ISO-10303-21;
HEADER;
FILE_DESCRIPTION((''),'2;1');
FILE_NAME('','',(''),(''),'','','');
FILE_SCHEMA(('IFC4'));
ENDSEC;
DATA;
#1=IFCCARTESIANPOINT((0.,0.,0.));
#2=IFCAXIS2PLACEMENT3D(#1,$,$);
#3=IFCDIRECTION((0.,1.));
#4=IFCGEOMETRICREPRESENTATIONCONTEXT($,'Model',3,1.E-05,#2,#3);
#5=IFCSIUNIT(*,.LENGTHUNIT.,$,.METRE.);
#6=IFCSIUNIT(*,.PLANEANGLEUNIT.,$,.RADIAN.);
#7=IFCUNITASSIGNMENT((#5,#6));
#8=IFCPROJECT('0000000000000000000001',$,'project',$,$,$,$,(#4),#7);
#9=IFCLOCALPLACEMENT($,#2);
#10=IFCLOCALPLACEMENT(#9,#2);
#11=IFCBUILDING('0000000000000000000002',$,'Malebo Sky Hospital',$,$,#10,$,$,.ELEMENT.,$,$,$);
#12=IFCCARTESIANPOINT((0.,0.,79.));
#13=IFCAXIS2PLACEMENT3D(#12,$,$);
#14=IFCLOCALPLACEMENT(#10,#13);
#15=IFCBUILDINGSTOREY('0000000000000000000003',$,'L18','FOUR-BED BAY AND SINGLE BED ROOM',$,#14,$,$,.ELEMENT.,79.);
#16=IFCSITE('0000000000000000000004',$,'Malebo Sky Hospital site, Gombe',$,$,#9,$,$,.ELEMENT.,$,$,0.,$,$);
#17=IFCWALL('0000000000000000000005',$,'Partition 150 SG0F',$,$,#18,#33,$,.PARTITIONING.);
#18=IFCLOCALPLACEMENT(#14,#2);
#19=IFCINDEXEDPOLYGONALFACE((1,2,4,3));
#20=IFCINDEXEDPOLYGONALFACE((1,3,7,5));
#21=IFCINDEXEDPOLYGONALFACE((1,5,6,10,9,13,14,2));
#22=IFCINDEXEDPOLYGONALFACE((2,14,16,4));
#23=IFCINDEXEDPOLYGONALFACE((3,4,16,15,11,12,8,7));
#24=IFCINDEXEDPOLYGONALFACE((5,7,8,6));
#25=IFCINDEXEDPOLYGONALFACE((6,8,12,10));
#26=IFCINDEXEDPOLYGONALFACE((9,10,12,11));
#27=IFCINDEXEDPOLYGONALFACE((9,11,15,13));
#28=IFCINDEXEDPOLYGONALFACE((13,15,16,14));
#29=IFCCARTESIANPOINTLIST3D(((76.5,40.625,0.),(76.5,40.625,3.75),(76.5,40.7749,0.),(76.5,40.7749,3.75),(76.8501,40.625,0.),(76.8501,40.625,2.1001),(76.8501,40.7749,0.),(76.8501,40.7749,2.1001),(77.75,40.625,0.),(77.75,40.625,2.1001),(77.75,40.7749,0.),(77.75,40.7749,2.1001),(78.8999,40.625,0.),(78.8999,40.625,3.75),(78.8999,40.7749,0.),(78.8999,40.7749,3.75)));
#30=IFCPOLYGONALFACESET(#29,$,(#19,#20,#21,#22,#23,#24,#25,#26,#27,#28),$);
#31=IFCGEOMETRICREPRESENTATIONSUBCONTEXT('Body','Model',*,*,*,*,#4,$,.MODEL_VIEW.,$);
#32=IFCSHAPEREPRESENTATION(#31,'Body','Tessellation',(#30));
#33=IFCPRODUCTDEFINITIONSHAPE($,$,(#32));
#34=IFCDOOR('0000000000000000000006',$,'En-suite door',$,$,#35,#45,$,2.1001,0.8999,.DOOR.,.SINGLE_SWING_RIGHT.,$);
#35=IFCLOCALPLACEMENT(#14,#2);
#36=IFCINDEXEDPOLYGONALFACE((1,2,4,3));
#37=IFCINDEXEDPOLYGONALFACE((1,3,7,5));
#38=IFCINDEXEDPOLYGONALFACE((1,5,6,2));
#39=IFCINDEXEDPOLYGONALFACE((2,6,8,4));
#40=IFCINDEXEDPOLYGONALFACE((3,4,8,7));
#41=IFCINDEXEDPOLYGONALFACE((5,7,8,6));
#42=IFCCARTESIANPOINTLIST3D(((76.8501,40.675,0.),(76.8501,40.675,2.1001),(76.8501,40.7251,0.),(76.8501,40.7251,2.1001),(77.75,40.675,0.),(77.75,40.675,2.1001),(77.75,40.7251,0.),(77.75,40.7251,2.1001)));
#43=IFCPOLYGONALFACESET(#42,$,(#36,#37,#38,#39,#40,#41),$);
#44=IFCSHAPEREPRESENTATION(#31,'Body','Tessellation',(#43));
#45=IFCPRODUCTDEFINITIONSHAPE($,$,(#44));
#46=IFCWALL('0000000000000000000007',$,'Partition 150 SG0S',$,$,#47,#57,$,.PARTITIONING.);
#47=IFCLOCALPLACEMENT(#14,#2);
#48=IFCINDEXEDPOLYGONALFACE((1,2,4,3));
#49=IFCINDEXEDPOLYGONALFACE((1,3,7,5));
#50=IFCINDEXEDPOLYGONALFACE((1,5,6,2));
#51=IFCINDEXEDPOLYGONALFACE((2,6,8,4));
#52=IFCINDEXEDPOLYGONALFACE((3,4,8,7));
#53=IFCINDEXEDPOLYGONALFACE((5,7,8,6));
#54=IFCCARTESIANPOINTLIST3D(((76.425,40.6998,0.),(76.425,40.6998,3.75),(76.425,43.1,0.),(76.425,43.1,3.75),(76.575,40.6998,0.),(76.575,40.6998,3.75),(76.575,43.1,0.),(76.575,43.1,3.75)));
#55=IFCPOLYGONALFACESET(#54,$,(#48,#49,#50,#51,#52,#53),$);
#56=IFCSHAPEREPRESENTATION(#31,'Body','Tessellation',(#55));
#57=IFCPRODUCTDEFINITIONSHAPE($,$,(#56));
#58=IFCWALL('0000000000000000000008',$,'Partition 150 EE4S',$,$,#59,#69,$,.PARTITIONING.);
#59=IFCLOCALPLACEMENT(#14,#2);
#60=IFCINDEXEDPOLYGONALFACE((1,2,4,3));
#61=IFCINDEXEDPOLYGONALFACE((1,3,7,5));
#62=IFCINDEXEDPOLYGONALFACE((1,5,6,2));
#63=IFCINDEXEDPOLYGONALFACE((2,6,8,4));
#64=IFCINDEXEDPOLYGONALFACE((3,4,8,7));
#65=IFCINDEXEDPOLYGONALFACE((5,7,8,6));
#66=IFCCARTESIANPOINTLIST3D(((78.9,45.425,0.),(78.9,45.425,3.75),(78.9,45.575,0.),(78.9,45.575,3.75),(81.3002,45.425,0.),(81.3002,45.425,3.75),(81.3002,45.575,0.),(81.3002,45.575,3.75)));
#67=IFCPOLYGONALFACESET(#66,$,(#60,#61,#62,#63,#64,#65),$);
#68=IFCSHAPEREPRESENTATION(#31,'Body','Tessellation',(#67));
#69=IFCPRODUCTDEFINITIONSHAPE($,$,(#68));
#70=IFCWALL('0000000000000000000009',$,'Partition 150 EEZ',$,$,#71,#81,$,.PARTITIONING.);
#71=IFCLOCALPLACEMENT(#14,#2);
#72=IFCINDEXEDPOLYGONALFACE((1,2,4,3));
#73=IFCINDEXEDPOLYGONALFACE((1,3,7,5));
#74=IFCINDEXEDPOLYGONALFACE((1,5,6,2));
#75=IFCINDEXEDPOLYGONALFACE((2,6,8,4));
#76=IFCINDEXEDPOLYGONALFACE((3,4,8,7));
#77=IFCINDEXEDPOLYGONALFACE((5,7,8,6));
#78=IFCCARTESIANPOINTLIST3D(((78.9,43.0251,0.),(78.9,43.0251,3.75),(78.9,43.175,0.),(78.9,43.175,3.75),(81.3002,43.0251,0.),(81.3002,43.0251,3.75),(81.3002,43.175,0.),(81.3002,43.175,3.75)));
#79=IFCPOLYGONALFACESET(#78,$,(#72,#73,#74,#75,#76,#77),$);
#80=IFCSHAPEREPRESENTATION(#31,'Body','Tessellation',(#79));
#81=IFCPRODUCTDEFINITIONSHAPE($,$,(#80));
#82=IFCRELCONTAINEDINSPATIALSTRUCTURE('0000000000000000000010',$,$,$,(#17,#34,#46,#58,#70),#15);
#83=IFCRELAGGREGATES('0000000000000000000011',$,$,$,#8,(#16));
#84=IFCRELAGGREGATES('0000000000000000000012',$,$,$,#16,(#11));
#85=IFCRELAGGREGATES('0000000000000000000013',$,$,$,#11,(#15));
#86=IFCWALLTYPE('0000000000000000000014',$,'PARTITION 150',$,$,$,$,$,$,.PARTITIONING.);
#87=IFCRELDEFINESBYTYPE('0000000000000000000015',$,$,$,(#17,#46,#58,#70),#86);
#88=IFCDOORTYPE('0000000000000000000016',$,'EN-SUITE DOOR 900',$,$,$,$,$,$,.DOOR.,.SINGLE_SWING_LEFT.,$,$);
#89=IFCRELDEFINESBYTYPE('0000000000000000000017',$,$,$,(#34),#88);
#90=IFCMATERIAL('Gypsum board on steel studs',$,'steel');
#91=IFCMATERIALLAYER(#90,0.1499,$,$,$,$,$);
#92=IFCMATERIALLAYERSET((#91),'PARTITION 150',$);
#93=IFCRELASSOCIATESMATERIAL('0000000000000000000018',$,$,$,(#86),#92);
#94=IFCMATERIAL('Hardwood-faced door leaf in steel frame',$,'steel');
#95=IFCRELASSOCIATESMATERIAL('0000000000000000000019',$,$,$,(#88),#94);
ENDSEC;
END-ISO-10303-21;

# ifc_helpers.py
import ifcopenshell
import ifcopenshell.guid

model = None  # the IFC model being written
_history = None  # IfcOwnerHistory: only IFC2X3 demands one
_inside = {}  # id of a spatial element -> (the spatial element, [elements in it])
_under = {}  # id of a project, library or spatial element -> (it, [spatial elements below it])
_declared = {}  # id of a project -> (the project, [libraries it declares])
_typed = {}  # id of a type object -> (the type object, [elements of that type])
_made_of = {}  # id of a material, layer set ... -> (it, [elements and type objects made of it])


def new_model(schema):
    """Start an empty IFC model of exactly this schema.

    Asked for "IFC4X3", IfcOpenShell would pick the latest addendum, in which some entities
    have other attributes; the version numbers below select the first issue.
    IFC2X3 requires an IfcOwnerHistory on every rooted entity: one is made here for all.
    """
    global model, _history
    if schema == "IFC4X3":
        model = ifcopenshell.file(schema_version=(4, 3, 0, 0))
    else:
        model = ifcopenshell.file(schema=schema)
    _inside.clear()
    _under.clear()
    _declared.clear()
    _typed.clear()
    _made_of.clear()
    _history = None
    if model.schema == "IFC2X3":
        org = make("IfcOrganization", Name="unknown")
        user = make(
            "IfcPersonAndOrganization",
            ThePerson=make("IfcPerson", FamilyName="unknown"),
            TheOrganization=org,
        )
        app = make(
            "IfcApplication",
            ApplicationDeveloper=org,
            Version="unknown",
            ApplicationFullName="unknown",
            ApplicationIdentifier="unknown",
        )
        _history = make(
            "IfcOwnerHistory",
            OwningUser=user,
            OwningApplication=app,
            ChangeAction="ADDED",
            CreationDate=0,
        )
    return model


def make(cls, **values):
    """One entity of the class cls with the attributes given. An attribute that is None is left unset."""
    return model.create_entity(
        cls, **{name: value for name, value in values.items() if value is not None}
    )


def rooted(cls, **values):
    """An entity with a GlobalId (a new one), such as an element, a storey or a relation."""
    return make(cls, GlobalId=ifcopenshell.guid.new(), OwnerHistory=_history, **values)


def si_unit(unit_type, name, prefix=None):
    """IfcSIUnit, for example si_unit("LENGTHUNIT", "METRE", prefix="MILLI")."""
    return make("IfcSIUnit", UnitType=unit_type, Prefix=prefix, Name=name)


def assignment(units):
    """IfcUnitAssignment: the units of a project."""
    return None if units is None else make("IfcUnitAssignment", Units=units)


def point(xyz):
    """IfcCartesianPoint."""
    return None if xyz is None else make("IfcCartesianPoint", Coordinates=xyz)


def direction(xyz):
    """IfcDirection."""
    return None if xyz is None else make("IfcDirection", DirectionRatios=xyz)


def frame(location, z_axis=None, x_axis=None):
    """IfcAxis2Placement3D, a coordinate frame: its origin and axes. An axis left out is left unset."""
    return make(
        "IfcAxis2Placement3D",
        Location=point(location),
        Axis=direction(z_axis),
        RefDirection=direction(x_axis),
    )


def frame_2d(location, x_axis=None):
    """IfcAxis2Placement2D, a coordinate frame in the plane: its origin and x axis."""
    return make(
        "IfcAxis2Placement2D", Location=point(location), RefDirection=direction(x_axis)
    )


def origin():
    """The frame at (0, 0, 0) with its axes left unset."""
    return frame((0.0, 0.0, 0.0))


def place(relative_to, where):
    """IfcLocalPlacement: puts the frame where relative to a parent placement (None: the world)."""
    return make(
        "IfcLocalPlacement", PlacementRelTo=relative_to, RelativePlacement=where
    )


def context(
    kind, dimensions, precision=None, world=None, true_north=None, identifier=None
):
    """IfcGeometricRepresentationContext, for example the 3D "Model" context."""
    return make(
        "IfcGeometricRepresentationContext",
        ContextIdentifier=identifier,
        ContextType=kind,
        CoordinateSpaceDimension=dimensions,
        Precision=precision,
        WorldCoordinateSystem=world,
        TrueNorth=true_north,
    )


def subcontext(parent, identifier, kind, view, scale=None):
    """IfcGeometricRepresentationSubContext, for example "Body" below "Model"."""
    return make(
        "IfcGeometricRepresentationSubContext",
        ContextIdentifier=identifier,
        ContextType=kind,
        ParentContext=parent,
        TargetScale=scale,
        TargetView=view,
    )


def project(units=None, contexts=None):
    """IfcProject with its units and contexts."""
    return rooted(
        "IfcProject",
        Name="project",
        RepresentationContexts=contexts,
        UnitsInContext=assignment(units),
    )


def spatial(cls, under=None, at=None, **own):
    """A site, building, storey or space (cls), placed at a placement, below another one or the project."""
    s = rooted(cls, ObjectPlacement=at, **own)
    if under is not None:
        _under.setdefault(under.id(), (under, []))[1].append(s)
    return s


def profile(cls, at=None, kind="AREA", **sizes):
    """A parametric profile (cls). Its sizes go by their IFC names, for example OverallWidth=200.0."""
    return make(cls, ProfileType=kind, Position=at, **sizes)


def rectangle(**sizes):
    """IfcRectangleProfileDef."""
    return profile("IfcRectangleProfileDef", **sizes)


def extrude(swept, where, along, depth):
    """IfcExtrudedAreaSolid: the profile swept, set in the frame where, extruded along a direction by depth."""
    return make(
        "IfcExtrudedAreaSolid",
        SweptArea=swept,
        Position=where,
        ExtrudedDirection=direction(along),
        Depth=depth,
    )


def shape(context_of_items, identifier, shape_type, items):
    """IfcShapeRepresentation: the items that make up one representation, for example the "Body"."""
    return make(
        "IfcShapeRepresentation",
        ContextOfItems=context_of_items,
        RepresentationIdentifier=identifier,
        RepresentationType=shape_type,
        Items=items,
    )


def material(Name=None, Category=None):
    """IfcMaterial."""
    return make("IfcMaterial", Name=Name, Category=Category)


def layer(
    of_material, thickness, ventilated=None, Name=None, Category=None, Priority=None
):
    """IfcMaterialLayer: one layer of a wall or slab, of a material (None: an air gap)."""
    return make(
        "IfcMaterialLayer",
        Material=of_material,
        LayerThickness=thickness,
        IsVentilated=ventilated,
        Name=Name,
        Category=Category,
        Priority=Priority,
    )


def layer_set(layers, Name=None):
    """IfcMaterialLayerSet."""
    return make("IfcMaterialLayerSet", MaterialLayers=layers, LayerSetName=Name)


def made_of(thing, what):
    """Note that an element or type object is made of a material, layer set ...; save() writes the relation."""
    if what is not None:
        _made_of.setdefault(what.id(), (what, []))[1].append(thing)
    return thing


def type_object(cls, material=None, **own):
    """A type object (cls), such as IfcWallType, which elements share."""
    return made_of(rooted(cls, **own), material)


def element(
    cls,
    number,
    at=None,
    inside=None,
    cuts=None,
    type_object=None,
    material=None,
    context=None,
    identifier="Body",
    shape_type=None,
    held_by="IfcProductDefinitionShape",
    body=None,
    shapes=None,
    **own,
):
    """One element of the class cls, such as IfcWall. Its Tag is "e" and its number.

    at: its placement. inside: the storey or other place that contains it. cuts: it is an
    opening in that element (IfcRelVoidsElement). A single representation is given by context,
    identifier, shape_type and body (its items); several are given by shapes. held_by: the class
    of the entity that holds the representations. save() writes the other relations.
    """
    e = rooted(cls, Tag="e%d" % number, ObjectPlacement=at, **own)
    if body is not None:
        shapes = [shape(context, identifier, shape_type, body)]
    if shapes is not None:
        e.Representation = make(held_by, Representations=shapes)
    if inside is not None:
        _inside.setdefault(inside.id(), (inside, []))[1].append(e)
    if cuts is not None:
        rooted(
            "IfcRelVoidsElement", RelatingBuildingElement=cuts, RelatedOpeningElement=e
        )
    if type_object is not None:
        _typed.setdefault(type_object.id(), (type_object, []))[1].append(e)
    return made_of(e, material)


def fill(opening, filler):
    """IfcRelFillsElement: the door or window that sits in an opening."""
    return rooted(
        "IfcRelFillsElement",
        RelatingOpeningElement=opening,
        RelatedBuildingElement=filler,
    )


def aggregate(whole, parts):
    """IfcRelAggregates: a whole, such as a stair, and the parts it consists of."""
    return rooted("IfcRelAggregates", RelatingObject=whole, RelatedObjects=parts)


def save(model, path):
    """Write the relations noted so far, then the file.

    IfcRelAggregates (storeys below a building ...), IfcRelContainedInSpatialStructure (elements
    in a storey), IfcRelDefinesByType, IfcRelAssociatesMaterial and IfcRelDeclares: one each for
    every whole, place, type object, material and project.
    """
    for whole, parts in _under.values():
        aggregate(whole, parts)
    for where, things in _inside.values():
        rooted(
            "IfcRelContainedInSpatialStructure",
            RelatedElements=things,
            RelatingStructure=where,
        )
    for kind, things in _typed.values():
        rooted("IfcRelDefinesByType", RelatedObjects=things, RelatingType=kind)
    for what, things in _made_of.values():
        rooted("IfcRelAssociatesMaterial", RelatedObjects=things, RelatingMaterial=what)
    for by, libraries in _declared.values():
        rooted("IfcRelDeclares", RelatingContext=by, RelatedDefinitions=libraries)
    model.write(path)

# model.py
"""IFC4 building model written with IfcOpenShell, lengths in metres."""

from ifc_helpers import new_model, si_unit, direction, frame, frame_2d, origin, place, context, subcontext, project, spatial, rectangle, extrude, material, layer, layer_set, type_object, element, fill, save


model = new_model("IFC4")

# Units and contexts
model_context = context("Model", 3, precision=1e-05, world=origin(), true_north=direction((0.0, 1.0)))
body_context = subcontext(model_context, "Body", "Model", "MODEL_VIEW")
ifc_project = project(units=[si_unit("LENGTHUNIT", "METRE"), si_unit("PLANEANGLEUNIT", "RADIAN")], contexts=[model_context])

# Site, building, storey
site_placement = place(None, origin())
site = spatial("IfcSite", under=ifc_project, at=site_placement, Name="Malebo Sky Hospital site, Gombe", CompositionType="ELEMENT", RefElevation=0.0)
building_placement = place(site_placement, origin())
building = spatial("IfcBuilding", under=site, at=building_placement, Name="Malebo Sky Hospital", CompositionType="ELEMENT")
storey_placement = place(building_placement, frame((0.0, 0.0, 79.0)))
storey = spatial("IfcBuildingStorey", under=building, at=storey_placement, Name="L18", Description="FOUR-BED BAY AND SINGLE BED ROOM", CompositionType="ELEMENT", Elevation=79.0)

# Shared definitions
ifc_material_1 = material(Name="Gypsum board on steel studs", Category="steel")
ifc_material_2 = material(Name="Hardwood-faced door leaf in steel frame", Category="steel")

# Shared definitions
ifc_layer_1 = layer(ifc_material_1, 0.1499)
ifc_layer_set_1 = layer_set([ifc_layer_1], Name="PARTITION 150")
wall_type_1 = type_object("IfcWallType", Name="PARTITION 150", PredefinedType="PARTITIONING", material=ifc_layer_set_1)

# Wall, opening, door
wall_1_placement = place(storey_placement, frame((78.8999, 40.7, 0.0), z_axis=(0.0, 0.0, 1.0), x_axis=(-1.0, 0.0, 0.0)))
wall_1 = element("IfcWall", 1, at=wall_1_placement, inside=storey, type_object=wall_type_1, Name="Partition 150 SG0F", PredefinedType="PARTITIONING", context=body_context, shape_type="SweptSolid", body=[
    extrude(rectangle(XDim=2.3999, YDim=0.1499, at=frame_2d((1.2, 0.0))), origin(), (0.0, 0.0, 1.0), 3.75),
])
opening_1_placement = place(wall_1_placement, frame((1.1499, 0.0, 0.0)))
opening_1 = element("IfcOpeningElement", 2, at=opening_1_placement, cuts=wall_1, PredefinedType="OPENING", context=body_context, shape_type="SweptSolid", body=[
    extrude(rectangle(XDim=0.8999, YDim=2.1001, at=frame_2d((0.45, 1.05))), frame((0.0, 0.085, 0.0), z_axis=(0.0, -1.0, 0.0), x_axis=(1.0, 0.0, 0.0)), (0.0, 0.0, 1.0), 0.1699),
])
door_type_1 = type_object("IfcDoorType", Name="EN-SUITE DOOR 900", OperationType="SINGLE_SWING_LEFT", PredefinedType="DOOR", material=ifc_material_2)
door_1_placement = place(opening_1_placement, origin())
door_1 = element("IfcDoor", 3, at=door_1_placement, inside=storey, type_object=door_type_1, Name="En-suite door", OperationType="SINGLE_SWING_RIGHT", OverallHeight=2.1001, OverallWidth=0.8999, PredefinedType="DOOR", context=body_context, shape_type="SweptSolid", body=[
    extrude(rectangle(XDim=0.8999, YDim=2.1001, at=frame_2d((0.45, 1.05))), frame((0.0, 0.0249, 0.0), z_axis=(0.0, -1.0, 0.0), x_axis=(1.0, 0.0, 0.0)), (0.0, 0.0, 1.0), 0.05),
])
fill(opening_1, door_1)

# Walls
for number, where, z_axis, x_axis, name in (
    (4, (76.5, 43.1001, 0.0), (0.0, 0.0, 1.0), (0.0, -1.0, 0.0), "Partition 150 SG0S"),
    (5, (78.8999, 45.5, 0.0), (0.0, 0.0, 1.0), (1.0, 0.0, 0.0), "Partition 150 EE4S"),
    (6, (78.8999, 43.1001, 0.0), (0.0, 0.0, 1.0), (1.0, 0.0, 0.0), "Partition 150 EEZ"),
):
    element("IfcWall", number, at=place(storey_placement, frame(where, z_axis=z_axis, x_axis=x_axis)), inside=storey, type_object=wall_type_1, Name=name, PredefinedType="PARTITIONING", context=body_context, shape_type="SweptSolid", body=[
        extrude(rectangle(XDim=2.4001, YDim=0.1499, at=frame_2d((1.2002, 0.0))), origin(), (0.0, 0.0, 1.0), 3.75),
    ])

save(model, "model.ifc")
